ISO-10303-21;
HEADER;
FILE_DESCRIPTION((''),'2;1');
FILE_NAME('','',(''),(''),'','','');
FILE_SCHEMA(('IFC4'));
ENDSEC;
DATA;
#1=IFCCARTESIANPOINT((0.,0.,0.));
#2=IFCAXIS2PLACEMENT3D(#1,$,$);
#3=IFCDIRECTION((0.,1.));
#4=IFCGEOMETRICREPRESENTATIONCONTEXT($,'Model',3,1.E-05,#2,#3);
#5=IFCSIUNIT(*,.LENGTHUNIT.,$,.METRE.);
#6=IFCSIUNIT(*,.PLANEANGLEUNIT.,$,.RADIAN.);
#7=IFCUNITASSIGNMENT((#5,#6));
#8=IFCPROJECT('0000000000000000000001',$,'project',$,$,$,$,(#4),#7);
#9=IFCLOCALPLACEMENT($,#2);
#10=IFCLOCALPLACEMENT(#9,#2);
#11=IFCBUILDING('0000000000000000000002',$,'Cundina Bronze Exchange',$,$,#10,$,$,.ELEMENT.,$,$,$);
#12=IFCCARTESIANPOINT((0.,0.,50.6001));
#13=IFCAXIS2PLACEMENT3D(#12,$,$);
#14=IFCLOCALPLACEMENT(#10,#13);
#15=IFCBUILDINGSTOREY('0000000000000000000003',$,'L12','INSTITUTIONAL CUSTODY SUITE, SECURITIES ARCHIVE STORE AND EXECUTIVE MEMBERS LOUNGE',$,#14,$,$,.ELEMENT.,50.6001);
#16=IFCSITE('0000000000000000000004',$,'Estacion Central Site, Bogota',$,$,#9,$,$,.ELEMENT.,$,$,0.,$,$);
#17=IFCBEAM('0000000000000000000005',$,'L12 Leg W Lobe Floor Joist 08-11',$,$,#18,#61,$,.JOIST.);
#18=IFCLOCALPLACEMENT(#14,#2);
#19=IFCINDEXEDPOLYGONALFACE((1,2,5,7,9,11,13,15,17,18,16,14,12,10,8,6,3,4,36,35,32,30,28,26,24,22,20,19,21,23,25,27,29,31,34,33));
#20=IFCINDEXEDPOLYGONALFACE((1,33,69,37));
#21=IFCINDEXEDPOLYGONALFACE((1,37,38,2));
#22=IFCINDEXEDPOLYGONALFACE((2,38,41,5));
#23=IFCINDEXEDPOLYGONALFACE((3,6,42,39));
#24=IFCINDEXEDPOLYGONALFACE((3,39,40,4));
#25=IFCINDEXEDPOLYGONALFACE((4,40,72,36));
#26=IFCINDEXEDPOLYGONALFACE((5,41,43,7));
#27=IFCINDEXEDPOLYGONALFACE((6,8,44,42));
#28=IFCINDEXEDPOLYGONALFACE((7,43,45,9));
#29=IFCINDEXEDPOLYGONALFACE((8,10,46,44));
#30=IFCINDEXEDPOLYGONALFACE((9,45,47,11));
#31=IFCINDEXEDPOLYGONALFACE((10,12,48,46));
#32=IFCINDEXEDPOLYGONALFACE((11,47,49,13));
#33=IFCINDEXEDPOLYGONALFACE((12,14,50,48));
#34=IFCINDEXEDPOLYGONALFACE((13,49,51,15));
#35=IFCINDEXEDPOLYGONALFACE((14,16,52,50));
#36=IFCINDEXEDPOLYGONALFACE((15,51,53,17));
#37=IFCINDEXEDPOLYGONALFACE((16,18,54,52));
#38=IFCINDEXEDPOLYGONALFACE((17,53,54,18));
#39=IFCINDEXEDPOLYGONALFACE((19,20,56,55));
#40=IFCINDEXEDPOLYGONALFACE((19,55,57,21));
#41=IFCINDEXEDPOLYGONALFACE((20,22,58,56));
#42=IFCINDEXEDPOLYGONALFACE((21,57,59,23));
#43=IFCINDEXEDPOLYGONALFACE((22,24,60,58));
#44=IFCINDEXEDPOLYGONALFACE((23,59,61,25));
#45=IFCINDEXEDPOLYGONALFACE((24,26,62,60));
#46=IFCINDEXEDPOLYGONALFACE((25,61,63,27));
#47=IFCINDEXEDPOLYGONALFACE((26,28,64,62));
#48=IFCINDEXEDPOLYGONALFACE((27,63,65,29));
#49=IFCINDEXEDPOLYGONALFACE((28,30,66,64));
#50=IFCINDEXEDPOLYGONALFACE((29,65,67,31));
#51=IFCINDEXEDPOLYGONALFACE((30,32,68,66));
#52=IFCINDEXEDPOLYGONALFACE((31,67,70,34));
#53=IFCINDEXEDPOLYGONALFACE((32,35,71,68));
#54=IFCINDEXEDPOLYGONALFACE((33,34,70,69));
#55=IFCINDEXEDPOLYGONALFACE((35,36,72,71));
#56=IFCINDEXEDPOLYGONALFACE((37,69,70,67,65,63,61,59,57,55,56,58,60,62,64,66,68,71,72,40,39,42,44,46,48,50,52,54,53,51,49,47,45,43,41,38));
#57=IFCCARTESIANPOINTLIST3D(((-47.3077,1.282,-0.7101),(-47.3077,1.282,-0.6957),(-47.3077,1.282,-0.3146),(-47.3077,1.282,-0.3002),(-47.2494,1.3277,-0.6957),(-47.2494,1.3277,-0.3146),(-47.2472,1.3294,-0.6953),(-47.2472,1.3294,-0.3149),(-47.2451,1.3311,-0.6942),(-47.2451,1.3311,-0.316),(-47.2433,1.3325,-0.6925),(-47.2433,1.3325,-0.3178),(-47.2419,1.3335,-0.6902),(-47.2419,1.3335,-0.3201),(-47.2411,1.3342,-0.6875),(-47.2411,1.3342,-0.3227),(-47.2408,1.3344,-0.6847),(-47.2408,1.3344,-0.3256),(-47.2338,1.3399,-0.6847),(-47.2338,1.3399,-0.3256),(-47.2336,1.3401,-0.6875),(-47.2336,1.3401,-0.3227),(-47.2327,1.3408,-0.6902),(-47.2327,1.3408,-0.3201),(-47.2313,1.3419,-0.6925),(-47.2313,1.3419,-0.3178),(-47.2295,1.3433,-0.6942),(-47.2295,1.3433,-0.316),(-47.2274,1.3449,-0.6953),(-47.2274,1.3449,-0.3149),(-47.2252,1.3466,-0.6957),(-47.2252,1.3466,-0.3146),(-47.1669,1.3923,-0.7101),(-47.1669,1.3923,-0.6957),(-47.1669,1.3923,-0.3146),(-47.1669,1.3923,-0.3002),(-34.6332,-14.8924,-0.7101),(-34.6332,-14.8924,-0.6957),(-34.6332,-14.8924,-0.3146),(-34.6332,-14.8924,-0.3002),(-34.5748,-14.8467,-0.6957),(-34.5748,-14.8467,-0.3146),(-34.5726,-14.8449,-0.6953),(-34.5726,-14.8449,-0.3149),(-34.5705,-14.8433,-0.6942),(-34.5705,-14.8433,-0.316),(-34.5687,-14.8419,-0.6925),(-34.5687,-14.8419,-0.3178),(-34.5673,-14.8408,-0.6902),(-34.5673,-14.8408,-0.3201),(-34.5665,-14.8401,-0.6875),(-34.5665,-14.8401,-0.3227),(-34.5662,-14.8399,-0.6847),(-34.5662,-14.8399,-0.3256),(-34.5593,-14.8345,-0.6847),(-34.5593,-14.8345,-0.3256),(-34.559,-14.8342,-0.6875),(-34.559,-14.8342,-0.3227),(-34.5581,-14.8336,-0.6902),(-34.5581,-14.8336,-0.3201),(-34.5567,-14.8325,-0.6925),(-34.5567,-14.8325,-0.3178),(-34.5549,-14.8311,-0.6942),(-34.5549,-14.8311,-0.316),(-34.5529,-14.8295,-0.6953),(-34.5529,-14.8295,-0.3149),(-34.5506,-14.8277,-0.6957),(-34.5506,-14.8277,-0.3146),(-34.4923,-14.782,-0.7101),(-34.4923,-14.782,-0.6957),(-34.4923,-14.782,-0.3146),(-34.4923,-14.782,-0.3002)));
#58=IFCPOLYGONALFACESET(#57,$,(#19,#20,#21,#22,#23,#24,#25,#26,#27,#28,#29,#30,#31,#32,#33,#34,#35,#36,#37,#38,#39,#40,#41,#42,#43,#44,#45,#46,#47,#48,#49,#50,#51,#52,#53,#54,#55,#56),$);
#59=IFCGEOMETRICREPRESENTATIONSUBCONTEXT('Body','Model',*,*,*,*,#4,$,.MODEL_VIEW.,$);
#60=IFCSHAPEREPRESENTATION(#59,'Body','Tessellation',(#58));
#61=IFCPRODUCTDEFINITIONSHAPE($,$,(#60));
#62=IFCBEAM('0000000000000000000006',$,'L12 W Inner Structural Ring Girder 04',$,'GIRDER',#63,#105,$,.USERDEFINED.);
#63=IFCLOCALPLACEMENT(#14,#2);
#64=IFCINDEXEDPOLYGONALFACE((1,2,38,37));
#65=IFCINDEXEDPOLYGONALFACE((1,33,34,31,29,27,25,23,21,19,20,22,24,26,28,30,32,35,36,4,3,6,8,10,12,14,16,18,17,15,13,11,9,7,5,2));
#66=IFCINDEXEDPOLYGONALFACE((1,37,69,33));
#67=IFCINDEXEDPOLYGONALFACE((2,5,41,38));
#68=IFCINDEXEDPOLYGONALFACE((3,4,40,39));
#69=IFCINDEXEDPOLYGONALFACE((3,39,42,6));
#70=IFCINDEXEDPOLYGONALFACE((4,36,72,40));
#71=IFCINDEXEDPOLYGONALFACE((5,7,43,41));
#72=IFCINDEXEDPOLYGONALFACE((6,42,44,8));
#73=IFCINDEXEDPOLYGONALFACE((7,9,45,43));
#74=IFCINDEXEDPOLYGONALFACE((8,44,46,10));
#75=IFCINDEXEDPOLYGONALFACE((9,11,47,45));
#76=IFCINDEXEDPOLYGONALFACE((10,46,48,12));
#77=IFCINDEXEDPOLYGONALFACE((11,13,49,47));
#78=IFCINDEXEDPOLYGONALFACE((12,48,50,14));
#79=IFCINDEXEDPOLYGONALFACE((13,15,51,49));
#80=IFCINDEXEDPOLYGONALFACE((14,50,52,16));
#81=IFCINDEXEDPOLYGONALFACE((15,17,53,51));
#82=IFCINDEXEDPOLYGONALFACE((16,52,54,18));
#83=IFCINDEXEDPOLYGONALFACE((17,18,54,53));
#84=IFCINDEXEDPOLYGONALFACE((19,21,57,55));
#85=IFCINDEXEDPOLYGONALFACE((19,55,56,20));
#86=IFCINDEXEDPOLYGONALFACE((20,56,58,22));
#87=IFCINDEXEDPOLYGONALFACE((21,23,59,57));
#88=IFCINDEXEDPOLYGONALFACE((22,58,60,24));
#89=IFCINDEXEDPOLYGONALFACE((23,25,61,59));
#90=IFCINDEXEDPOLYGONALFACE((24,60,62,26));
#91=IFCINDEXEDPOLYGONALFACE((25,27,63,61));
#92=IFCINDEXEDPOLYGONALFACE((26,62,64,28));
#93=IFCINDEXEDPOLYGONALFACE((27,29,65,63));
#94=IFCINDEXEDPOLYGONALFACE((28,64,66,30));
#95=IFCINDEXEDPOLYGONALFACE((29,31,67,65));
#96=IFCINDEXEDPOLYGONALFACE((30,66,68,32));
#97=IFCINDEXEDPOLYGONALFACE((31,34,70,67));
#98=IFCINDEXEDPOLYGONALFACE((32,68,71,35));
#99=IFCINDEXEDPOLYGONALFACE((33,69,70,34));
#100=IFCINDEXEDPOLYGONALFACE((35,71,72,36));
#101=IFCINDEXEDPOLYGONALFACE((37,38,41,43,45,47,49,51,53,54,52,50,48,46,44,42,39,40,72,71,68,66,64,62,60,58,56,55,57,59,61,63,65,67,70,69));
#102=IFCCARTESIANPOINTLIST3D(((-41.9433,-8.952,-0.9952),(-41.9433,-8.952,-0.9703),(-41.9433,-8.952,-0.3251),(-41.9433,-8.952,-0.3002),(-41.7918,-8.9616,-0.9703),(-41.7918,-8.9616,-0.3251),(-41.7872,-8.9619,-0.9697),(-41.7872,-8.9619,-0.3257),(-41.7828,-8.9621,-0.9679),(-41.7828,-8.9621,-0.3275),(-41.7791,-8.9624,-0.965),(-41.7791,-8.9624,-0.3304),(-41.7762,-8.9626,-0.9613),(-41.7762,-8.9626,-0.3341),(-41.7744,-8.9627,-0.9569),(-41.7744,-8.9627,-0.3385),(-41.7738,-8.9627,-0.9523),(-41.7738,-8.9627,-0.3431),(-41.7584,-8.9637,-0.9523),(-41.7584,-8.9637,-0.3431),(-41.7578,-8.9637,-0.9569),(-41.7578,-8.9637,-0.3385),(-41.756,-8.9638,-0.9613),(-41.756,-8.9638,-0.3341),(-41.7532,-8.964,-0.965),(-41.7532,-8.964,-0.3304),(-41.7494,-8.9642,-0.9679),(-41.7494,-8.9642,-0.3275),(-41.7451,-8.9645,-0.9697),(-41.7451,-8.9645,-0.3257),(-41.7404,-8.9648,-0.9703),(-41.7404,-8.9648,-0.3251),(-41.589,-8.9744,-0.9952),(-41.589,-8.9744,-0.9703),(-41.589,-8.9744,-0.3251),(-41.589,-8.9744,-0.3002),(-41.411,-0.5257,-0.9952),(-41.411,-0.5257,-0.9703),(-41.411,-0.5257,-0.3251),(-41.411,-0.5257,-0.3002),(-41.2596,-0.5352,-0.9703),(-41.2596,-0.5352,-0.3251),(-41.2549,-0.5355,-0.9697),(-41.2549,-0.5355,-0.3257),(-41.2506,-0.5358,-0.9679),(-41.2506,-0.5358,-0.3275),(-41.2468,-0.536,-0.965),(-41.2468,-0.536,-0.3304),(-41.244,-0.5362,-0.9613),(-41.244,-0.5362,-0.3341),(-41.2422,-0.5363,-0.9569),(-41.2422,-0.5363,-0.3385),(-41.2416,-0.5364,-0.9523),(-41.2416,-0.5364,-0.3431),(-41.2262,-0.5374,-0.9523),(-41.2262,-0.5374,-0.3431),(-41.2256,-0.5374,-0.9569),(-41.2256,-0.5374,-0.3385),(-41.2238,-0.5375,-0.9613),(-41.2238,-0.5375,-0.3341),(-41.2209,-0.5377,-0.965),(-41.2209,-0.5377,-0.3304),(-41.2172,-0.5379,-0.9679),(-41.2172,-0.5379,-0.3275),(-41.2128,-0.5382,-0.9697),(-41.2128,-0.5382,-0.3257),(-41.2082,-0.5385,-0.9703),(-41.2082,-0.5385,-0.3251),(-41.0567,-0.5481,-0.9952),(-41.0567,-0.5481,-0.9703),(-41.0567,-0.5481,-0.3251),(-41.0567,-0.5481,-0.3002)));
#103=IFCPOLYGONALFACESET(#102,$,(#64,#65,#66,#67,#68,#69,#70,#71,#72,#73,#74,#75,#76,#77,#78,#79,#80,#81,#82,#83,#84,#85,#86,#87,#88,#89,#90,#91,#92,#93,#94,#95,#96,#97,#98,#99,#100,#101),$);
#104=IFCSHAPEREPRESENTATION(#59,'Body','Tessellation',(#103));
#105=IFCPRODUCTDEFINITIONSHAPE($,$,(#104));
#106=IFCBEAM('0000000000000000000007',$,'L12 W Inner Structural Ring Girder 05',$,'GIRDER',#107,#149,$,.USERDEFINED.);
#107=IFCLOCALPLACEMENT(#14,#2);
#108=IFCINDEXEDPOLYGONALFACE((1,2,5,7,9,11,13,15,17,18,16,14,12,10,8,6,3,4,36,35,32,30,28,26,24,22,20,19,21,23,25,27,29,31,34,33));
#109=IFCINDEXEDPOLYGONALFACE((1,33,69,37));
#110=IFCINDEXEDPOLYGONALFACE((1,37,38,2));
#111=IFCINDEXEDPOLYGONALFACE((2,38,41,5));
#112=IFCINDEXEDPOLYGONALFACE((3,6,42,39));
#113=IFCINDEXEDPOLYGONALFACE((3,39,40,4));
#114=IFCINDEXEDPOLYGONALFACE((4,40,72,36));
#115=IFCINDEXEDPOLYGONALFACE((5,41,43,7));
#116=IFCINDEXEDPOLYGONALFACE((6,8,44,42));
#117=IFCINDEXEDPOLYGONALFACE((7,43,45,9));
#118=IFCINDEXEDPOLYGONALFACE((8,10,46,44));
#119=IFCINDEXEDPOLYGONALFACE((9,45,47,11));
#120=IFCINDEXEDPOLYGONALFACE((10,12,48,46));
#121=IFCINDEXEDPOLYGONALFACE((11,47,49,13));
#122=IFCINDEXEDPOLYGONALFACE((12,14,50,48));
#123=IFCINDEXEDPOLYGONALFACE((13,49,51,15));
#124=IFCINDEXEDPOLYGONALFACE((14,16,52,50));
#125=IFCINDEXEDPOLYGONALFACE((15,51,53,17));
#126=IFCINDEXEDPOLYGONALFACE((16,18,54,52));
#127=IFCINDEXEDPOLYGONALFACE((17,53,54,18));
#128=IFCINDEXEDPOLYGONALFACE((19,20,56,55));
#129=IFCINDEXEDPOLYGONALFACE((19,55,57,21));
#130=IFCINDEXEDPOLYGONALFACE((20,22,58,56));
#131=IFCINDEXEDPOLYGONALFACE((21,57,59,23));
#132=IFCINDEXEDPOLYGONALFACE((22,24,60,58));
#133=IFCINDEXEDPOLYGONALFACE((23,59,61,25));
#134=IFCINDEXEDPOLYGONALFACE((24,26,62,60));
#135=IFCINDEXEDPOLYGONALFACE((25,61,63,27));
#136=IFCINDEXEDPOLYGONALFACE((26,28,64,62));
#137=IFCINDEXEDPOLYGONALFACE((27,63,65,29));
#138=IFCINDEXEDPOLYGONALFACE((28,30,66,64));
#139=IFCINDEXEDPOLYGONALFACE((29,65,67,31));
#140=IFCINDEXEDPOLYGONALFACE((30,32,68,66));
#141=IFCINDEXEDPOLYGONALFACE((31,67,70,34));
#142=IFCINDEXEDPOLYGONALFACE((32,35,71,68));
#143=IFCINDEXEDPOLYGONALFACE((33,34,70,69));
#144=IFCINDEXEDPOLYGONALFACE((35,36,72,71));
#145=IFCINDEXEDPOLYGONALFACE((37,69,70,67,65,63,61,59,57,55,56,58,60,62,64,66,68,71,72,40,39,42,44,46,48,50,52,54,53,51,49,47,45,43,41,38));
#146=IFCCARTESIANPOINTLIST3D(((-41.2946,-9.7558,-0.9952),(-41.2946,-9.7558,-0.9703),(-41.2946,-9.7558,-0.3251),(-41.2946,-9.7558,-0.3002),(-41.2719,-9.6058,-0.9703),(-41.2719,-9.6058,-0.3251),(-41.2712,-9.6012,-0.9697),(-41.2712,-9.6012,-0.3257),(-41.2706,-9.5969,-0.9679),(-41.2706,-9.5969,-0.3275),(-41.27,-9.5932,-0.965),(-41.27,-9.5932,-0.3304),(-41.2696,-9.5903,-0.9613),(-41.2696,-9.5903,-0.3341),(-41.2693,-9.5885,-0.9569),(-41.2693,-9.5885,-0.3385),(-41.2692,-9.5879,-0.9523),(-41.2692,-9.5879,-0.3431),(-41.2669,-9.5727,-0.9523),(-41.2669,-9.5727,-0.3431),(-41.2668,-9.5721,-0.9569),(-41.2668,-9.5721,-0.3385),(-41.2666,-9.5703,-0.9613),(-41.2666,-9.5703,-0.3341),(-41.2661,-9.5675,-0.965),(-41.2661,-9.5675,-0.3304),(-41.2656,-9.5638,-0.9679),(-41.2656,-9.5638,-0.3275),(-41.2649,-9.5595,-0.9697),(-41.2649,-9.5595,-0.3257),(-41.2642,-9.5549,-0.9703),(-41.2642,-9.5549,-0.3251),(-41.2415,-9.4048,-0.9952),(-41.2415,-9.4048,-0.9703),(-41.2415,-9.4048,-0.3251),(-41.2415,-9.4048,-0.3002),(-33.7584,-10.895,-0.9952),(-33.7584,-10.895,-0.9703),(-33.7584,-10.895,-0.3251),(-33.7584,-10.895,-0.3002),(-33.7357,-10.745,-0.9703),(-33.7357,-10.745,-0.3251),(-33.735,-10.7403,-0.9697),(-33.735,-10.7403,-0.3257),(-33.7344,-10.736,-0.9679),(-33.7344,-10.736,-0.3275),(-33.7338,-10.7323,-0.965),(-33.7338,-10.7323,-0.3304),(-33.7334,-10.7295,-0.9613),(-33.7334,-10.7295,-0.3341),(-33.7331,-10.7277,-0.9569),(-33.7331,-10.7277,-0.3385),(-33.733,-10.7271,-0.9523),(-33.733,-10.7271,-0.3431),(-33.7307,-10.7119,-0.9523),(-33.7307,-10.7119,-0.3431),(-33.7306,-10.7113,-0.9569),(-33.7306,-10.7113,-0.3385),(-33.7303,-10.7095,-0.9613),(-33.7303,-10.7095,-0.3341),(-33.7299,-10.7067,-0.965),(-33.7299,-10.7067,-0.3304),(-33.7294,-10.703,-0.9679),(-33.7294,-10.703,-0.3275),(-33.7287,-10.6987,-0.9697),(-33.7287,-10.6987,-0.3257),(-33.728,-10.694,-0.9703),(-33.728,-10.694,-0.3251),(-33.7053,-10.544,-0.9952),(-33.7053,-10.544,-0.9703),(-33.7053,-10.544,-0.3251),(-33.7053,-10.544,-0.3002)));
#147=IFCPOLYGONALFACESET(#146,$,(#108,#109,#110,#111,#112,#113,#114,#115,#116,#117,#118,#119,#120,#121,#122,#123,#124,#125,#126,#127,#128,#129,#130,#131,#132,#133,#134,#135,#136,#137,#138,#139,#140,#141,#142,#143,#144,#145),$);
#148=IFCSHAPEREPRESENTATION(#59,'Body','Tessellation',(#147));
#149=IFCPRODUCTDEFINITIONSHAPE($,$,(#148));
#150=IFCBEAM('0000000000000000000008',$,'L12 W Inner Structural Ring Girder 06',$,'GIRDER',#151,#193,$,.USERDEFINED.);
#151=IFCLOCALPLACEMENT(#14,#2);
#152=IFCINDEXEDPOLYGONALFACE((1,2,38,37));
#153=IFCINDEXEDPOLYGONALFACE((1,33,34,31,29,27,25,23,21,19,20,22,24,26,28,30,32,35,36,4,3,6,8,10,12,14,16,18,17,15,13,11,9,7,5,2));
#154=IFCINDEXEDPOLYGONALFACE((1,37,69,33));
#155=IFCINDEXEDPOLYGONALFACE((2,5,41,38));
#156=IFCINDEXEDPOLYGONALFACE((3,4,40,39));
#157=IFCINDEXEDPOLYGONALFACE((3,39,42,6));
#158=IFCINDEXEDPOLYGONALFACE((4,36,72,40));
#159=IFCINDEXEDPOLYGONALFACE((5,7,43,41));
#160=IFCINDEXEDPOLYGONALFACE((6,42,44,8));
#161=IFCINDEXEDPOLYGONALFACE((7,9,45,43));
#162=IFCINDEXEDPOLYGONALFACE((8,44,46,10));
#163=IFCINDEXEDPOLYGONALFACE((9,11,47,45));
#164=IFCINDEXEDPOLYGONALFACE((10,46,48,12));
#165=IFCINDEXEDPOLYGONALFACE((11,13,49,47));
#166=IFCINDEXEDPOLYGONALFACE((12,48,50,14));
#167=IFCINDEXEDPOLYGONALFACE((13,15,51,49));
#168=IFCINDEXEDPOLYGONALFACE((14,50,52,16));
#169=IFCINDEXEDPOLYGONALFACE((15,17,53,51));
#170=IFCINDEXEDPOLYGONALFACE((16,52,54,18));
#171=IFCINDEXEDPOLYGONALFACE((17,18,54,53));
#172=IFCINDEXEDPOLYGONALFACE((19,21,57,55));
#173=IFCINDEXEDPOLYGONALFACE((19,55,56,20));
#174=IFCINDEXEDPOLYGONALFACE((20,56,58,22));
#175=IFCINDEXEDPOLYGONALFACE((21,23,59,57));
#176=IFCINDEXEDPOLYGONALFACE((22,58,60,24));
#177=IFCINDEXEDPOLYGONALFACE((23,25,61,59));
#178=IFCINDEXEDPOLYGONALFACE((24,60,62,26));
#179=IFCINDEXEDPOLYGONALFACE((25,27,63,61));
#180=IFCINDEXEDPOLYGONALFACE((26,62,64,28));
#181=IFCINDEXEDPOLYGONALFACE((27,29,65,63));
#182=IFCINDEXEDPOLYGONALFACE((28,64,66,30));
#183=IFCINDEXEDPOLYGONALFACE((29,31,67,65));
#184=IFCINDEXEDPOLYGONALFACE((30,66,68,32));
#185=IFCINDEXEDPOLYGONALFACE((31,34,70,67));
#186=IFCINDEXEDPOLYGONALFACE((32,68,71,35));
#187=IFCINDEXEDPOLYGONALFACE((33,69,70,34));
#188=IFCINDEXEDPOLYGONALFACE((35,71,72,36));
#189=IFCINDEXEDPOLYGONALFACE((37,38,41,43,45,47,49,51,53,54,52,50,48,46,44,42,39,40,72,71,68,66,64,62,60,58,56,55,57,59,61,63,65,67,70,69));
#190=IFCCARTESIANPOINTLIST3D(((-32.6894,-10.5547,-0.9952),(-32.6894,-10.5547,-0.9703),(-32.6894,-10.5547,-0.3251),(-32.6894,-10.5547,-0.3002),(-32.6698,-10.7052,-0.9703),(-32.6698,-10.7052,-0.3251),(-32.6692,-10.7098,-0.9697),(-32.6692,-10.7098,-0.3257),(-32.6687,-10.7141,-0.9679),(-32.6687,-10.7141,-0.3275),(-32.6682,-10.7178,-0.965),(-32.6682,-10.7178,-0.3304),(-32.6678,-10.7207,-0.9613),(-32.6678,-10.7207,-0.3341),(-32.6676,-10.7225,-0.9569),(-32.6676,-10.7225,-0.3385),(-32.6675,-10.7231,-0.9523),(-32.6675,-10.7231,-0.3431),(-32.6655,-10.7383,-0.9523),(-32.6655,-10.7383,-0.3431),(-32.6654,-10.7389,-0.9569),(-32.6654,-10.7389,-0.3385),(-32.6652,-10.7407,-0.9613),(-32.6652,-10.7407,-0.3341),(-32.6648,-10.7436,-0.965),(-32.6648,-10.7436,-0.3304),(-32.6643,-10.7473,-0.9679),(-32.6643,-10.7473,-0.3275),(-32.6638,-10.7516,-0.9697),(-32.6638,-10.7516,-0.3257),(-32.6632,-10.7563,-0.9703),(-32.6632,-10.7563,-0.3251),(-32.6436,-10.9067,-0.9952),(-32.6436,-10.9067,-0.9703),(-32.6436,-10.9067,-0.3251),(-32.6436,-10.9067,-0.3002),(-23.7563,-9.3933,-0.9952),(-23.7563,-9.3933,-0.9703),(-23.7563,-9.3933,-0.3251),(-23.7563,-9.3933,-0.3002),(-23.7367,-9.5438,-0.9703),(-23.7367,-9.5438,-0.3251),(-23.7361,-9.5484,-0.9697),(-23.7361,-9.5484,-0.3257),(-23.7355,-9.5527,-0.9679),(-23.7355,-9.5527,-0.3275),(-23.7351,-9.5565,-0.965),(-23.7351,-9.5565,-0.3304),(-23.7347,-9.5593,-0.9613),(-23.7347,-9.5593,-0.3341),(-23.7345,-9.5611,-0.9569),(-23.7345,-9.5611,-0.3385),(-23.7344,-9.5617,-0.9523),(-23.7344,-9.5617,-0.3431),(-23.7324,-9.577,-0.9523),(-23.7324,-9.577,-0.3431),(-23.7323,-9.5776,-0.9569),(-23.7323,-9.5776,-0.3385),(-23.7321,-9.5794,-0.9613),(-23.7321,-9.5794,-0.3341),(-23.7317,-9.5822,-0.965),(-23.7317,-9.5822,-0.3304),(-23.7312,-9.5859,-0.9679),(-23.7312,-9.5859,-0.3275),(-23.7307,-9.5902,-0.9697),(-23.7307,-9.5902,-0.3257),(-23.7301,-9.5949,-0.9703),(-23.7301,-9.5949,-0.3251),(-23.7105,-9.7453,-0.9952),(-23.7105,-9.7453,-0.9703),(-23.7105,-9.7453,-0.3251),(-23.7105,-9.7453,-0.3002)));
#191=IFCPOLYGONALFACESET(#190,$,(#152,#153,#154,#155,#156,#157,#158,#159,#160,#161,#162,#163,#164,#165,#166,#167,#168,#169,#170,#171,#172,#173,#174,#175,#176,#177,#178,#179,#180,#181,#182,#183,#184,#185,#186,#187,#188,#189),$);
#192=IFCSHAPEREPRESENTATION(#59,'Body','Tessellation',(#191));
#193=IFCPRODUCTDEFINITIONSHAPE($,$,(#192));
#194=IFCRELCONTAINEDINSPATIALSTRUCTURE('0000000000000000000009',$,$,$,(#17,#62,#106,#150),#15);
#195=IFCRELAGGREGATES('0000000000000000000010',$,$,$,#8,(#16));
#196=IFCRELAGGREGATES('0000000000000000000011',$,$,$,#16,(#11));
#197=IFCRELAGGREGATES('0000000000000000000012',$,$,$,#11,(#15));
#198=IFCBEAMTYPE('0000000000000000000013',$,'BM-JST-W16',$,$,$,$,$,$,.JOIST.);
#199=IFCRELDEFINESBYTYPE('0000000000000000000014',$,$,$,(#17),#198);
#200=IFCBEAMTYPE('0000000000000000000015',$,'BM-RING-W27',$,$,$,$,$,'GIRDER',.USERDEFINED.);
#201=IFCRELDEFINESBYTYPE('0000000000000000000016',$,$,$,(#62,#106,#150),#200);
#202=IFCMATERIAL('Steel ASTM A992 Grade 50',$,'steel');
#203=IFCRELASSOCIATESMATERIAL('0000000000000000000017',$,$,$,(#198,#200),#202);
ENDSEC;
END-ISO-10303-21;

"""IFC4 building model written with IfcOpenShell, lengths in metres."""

from ifc_helpers import new_model, si_unit, direction, frame, origin, origin_2d, place, context, subcontext, project, spatial, i_section, extrude, material, material_profile, profile_set, type_object, element, save


model = new_model("IFC4")

# Units and contexts
model_context = context("Model", 3, precision=1e-05, world=origin(), true_north=direction((0.0, 1.0)))
body_context = subcontext(model_context, "Body", "Model", "MODEL_VIEW")
ifc_project = project(units=[si_unit("LENGTHUNIT", "METRE"), si_unit("PLANEANGLEUNIT", "RADIAN")], contexts=[model_context])

# Site, building, storey
site_placement = place(None, origin())
site = spatial("IfcSite", under=ifc_project, at=site_placement, Name="Estacion Central Site, Bogota", CompositionType="ELEMENT", RefElevation=0.0)
building_placement = place(site_placement, origin())
building = spatial("IfcBuilding", under=site, at=building_placement, Name="Cundina Bronze Exchange", CompositionType="ELEMENT")
storey_placement = place(building_placement, frame((0.0, 0.0, 50.6001)))
storey = spatial("IfcBuildingStorey", under=building, at=storey_placement, Name="L12", Description="INSTITUTIONAL CUSTODY SUITE, SECURITIES ARCHIVE STORE AND EXECUTIVE MEMBERS LOUNGE", CompositionType="ELEMENT", Elevation=50.6001)

# Beams
ifc_material_1 = material(Name="Steel ASTM A992 Grade 50", Category="steel")
ifc_material_profile_1 = material_profile(ifc_material_1, i_section(OverallWidth=0.179, OverallDepth=0.4099, WebThickness=0.0088, FlangeThickness=0.0144, FilletRadius=0.011, at=origin_2d()), Name="W16X45", Category="steel")
ifc_profile_set_1 = profile_set([ifc_material_profile_1], Name="Steel ASTM A992 Grade 50")
beam_type_1 = type_object("IfcBeamType", Name="BM-JST-W16", PredefinedType="JOIST", material=ifc_profile_set_1)
beam_1_placement = place(storey_placement, frame((-47.2373, 1.3372, -0.5051), z_axis=(0.616803, -0.787117, 0.0), x_axis=(0.787117, 0.616803, 0.0)))
element("IfcBeam", 1, at=beam_1_placement, inside=storey, type_object=beam_type_1, Name="L12 Leg W Lobe Floor Joist 08-11", PredefinedType="JOIST", context=body_context, shape_type="SweptSolid", body=[
    extrude(i_section(OverallWidth=0.179, OverallDepth=0.4099, WebThickness=0.0088, FlangeThickness=0.0144, FilletRadius=0.011, at=origin_2d()), origin(), (0.0, 0.0, 1.0), 20.5488),
])
ifc_material_profile_2 = material_profile(ifc_material_1, i_section(OverallWidth=0.355, OverallDepth=0.6951, WebThickness=0.0154, FlangeThickness=0.0249, FilletRadius=0.0181, at=origin_2d()), Name="W27X146", Category="steel")
ifc_profile_set_2 = profile_set([ifc_material_profile_2], Name="Steel ASTM A992 Grade 50")
beam_type_2 = type_object("IfcBeamType", Name="BM-RING-W27", ElementType="GIRDER", PredefinedType="USERDEFINED", material=ifc_profile_set_2)
beam_2_placement = place(storey_placement, frame((-41.2339, -0.5369, -0.6477), z_axis=(-0.063037, -0.998011, 0.0), x_axis=(0.998011, -0.063037, 0.0)))
element("IfcBeam", 2, at=beam_2_placement, inside=storey, type_object=beam_type_2, Name="L12 W Inner Structural Ring Girder 04", ObjectType="GIRDER", PredefinedType="USERDEFINED", context=body_context, shape_type="SweptSolid", body=[
    extrude(i_section(OverallWidth=0.355, OverallDepth=0.6951, WebThickness=0.0154, FlangeThickness=0.0249, FilletRadius=0.0181, at=origin_2d()), origin(), (0.0, 0.0, 1.0), 8.4431),
])
beam_3_placement = place(storey_placement, frame((-41.2681, -9.5803, -0.6477), z_axis=(0.988767, -0.149462, 0.0), x_axis=(0.149462, 0.988767, 0.0)))
element("IfcBeam", 3, at=beam_3_placement, inside=storey, type_object=beam_type_2, Name="L12 W Inner Structural Ring Girder 05", ObjectType="GIRDER", PredefinedType="USERDEFINED", context=body_context, shape_type="SweptSolid", body=[
    extrude(i_section(OverallWidth=0.355, OverallDepth=0.6951, WebThickness=0.0154, FlangeThickness=0.0249, FilletRadius=0.0181, at=origin_2d()), origin(), (0.0, 0.0, 1.0), 7.6218),
])
beam_4_placement = place(storey_placement, frame((-32.6665, -10.7307, -0.6477), z_axis=(0.991655, 0.128923, 0.0), x_axis=(-0.128923, 0.991655, 0.0)))
element("IfcBeam", 4, at=beam_4_placement, inside=storey, type_object=beam_type_2, Name="L12 W Inner Structural Ring Girder 06", ObjectType="GIRDER", PredefinedType="USERDEFINED", context=body_context, shape_type="SweptSolid", body=[
    extrude(i_section(OverallWidth=0.355, OverallDepth=0.6951, WebThickness=0.0154, FlangeThickness=0.0249, FilletRadius=0.0181, at=origin_2d()), origin(), (0.0, 0.0, 1.0), 9.0083),
])

save(model, "model.ifc")
